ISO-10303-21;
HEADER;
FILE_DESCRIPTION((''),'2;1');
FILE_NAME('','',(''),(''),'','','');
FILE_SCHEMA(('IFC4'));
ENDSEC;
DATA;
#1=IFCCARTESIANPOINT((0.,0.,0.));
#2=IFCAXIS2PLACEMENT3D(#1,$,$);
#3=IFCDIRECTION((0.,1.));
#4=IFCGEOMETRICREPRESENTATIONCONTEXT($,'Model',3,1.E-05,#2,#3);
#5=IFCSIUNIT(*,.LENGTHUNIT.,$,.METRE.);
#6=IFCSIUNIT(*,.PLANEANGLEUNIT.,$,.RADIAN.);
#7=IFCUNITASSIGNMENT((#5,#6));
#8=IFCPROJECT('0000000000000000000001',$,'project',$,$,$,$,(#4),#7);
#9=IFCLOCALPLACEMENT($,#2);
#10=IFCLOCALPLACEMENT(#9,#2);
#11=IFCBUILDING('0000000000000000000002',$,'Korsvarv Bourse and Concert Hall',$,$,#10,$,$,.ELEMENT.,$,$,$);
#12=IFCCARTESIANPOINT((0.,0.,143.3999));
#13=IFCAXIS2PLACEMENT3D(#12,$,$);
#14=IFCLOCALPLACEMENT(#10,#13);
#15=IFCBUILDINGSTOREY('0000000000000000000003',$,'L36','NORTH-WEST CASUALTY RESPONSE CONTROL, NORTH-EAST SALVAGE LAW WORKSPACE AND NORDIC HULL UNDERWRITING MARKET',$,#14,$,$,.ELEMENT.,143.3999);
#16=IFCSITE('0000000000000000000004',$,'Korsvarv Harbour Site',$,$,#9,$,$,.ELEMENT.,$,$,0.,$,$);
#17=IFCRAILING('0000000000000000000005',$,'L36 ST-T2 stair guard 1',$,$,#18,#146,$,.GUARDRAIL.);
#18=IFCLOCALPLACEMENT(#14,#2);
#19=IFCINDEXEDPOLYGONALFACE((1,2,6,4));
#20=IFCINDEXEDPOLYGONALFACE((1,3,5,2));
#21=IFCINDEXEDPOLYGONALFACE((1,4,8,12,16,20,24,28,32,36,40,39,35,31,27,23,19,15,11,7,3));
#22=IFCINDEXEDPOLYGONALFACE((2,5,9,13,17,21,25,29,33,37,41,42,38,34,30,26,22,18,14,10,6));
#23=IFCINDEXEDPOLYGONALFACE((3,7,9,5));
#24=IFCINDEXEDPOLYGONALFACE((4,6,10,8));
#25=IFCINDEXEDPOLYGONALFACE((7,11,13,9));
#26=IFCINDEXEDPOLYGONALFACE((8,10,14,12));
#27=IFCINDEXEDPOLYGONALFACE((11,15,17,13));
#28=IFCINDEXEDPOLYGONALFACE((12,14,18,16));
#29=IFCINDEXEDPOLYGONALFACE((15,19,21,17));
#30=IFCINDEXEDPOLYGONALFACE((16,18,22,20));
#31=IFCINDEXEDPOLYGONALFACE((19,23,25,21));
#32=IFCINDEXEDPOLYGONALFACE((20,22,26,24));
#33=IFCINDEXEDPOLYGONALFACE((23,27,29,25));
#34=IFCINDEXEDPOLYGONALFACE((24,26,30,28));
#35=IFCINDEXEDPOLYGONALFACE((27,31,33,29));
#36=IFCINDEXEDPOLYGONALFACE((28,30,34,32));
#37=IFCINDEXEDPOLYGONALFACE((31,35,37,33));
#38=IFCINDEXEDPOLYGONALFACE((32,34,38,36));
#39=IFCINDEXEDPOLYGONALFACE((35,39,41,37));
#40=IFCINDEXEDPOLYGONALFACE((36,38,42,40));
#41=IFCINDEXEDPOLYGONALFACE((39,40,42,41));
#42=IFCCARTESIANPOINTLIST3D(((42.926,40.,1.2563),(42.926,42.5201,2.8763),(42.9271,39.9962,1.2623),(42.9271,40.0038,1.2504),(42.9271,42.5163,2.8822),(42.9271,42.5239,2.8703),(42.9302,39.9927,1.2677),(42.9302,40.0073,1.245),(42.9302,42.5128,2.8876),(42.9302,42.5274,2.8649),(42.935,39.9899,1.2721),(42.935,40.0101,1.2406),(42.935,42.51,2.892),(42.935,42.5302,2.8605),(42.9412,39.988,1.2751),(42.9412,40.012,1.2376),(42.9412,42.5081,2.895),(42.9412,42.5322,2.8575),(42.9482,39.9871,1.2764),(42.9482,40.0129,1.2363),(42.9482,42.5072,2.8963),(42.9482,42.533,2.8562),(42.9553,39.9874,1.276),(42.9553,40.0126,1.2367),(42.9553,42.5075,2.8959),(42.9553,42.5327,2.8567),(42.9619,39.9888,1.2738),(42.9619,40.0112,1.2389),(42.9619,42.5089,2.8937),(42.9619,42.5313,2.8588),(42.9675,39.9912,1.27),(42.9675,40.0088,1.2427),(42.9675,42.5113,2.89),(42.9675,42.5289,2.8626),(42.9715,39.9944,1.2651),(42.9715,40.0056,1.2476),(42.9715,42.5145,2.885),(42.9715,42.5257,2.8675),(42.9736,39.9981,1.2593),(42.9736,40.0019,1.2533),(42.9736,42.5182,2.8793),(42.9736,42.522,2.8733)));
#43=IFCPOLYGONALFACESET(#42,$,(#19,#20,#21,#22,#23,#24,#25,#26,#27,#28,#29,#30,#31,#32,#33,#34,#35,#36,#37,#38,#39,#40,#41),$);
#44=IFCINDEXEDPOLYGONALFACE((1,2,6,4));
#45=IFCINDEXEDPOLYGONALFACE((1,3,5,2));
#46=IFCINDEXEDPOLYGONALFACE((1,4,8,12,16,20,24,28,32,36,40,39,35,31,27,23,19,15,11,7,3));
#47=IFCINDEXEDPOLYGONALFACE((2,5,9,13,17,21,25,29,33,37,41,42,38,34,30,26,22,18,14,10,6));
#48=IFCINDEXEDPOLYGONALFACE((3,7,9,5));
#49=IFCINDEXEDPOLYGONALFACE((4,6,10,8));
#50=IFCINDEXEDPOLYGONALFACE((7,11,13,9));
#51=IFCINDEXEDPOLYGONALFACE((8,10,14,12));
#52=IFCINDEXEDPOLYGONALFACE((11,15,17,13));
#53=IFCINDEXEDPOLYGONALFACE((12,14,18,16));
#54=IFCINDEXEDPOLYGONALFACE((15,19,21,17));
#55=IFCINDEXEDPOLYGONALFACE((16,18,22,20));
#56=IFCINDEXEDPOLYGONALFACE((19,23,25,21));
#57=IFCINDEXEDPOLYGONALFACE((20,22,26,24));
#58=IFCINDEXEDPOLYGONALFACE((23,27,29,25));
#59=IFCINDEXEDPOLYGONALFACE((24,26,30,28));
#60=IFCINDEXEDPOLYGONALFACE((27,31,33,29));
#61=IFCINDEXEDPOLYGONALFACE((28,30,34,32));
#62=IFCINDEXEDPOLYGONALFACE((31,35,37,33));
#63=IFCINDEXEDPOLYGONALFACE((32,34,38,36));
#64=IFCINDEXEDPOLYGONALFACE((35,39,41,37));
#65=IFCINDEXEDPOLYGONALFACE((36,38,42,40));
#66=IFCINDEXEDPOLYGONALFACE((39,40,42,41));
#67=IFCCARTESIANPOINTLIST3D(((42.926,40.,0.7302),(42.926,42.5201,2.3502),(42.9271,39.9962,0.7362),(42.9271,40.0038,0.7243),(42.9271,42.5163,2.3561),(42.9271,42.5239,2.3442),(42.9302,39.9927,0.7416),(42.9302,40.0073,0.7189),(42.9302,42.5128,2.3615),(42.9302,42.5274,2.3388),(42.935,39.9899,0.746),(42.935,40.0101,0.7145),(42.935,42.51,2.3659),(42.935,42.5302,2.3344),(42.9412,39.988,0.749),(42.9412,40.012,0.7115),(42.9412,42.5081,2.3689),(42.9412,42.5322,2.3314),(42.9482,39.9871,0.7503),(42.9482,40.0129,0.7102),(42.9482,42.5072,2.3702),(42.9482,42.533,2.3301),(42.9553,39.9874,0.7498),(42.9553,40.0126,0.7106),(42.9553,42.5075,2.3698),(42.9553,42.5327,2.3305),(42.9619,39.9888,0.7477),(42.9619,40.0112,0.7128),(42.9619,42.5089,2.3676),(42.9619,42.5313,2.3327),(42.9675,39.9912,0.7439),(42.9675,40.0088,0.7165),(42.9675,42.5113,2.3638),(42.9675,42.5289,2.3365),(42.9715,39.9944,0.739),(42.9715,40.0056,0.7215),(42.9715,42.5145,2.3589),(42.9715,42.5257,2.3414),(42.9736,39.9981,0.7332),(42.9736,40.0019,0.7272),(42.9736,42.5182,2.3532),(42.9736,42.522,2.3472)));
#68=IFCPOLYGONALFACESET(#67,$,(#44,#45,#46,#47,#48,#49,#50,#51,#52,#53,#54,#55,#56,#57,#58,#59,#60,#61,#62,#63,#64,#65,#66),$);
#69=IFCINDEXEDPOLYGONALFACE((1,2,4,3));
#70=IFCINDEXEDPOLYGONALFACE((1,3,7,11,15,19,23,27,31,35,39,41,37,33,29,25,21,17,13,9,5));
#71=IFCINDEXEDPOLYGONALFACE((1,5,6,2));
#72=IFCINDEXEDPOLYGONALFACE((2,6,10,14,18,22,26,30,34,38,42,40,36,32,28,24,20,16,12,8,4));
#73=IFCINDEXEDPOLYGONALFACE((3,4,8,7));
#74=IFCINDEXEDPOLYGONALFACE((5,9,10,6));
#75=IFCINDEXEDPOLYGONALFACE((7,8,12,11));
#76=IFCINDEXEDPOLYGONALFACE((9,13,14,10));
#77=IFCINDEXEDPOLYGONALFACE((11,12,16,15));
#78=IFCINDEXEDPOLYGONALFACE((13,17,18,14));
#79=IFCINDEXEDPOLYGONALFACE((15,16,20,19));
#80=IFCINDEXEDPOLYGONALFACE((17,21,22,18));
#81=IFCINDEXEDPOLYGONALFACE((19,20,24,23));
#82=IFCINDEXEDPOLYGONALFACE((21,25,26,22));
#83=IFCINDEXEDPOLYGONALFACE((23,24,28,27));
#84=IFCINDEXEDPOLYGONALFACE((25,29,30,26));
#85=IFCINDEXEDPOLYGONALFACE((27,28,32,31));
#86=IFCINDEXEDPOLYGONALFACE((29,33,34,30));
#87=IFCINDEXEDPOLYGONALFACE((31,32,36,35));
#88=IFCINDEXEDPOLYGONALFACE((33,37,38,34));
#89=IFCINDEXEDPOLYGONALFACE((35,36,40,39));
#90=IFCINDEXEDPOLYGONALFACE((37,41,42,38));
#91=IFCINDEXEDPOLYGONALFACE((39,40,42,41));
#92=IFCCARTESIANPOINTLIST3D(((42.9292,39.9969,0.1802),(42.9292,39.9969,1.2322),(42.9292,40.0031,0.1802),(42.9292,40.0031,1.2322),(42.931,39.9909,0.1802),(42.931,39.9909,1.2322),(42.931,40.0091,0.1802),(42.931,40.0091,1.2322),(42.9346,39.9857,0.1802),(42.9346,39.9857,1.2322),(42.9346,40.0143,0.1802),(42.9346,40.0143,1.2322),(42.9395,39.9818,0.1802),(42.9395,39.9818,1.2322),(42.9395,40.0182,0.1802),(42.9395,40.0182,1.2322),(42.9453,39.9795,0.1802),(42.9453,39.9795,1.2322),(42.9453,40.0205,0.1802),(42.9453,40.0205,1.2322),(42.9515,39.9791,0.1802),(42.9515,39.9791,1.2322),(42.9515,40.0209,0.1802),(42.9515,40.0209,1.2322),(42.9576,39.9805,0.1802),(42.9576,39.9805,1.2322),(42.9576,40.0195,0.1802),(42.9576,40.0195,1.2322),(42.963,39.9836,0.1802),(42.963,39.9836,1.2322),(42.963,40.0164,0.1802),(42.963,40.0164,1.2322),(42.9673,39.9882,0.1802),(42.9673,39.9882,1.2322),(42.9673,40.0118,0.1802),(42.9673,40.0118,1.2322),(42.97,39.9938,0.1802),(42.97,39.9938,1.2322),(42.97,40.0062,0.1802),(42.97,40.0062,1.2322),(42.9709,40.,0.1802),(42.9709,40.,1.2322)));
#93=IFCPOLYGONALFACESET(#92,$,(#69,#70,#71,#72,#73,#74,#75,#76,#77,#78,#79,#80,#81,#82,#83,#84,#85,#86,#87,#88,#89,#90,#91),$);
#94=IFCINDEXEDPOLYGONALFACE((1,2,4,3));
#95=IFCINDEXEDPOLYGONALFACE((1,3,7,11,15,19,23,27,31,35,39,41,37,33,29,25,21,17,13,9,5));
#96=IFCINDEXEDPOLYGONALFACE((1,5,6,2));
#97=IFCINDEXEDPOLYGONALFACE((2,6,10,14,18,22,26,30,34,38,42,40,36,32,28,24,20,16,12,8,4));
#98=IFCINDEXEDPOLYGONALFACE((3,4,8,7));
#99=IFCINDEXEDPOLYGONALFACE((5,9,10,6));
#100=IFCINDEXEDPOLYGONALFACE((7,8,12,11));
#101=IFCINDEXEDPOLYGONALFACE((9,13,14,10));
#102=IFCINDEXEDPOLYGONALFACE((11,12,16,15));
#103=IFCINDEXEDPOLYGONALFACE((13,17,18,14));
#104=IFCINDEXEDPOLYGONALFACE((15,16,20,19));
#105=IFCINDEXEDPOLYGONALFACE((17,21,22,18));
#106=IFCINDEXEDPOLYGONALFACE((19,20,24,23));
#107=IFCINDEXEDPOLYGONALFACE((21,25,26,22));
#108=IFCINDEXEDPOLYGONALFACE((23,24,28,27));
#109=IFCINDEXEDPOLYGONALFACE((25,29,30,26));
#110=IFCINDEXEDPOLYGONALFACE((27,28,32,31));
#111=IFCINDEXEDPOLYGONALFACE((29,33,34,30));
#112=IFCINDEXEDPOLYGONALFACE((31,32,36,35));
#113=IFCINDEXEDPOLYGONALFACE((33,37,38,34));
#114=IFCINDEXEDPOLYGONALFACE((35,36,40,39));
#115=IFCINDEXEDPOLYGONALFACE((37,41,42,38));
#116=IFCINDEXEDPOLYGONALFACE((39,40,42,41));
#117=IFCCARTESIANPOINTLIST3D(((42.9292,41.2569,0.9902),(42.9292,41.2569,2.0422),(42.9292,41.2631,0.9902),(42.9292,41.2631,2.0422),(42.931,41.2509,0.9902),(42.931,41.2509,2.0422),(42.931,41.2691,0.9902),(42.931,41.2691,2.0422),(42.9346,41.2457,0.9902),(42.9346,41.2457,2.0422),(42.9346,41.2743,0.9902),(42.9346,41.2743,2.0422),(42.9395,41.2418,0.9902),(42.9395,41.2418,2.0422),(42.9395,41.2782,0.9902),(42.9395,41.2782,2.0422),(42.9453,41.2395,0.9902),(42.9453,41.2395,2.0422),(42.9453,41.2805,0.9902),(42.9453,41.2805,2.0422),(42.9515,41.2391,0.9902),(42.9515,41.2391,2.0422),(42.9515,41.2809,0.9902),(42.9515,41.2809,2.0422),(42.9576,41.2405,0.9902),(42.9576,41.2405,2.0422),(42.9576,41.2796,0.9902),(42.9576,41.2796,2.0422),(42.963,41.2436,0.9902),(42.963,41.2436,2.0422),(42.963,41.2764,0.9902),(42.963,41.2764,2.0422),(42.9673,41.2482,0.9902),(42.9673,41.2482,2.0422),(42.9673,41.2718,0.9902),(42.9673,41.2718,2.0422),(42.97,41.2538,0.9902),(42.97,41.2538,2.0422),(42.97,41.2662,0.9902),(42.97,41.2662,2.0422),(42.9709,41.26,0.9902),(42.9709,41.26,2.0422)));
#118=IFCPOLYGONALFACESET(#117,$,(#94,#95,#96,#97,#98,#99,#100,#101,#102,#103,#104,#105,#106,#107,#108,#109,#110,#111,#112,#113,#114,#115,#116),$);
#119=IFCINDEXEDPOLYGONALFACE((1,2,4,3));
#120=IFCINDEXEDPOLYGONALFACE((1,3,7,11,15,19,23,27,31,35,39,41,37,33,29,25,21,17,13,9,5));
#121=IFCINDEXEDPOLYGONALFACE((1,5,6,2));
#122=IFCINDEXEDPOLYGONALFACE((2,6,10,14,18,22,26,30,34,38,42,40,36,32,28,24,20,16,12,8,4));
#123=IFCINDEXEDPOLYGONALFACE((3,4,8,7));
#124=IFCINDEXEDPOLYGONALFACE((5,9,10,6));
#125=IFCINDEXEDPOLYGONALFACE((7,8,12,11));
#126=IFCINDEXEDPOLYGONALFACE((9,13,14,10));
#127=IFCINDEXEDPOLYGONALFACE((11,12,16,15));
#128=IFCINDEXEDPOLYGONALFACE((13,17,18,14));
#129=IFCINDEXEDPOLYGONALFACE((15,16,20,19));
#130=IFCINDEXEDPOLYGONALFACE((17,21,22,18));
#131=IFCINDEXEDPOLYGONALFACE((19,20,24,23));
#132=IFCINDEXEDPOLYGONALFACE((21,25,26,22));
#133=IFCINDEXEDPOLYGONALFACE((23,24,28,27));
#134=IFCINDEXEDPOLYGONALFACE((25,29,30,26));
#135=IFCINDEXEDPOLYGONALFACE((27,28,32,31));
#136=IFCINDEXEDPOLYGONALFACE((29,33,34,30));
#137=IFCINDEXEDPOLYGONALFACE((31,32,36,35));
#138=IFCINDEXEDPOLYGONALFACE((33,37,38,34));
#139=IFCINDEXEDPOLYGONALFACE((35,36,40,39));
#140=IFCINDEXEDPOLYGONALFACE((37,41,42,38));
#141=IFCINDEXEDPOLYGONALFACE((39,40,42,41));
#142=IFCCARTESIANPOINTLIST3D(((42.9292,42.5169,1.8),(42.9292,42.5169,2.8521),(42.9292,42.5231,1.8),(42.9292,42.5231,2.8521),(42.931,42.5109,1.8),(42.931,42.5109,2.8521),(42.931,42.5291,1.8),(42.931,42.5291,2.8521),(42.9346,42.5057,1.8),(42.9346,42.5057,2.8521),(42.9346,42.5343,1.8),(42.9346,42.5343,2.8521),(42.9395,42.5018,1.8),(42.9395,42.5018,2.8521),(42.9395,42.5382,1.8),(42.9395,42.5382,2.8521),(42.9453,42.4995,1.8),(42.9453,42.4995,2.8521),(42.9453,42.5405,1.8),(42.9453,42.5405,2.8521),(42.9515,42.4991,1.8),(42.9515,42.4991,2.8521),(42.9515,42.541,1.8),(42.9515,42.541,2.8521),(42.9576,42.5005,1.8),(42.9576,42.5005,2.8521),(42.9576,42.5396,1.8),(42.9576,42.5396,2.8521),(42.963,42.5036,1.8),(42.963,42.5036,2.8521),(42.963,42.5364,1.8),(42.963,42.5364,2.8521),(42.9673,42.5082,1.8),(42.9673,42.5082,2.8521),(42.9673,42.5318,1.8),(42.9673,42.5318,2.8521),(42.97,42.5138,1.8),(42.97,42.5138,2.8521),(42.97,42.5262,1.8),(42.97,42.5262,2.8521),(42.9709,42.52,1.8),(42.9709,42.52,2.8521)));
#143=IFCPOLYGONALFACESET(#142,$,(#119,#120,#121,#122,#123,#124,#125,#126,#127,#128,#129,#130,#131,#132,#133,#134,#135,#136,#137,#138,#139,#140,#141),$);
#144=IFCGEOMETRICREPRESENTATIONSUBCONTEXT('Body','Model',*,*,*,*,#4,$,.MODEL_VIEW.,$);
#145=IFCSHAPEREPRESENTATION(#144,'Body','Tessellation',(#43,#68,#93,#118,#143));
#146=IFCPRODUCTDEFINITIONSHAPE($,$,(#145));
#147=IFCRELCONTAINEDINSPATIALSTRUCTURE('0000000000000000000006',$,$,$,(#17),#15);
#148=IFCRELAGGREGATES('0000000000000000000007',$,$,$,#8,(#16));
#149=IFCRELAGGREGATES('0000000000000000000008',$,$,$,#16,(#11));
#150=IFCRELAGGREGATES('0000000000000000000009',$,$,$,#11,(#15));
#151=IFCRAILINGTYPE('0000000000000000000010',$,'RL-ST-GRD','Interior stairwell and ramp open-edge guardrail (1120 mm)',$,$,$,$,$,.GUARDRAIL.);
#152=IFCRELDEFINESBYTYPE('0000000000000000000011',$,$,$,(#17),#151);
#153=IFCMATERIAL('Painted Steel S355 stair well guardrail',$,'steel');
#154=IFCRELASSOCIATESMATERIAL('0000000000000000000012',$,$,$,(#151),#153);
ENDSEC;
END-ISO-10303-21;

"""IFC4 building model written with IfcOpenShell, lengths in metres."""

from ifc_helpers import new_model, si_unit, direction, frame, origin, origin_2d, place, context, subcontext, project, spatial, circle, extrude, material, type_object, element, save


model = new_model("IFC4")

# Units and contexts
model_context = context("Model", 3, precision=1e-05, world=origin(), true_north=direction((0.0, 1.0)))
body_context = subcontext(model_context, "Body", "Model", "MODEL_VIEW")
ifc_project = project(units=[si_unit("LENGTHUNIT", "METRE"), si_unit("PLANEANGLEUNIT", "RADIAN")], contexts=[model_context])

# Site, building, storey
site_placement = place(None, origin())
site = spatial("IfcSite", under=ifc_project, at=site_placement, Name="Korsvarv Harbour Site", CompositionType="ELEMENT", RefElevation=0.0)
building_placement = place(site_placement, origin())
building = spatial("IfcBuilding", under=site, at=building_placement, Name="Korsvarv Bourse and Concert Hall", CompositionType="ELEMENT")
storey_placement = place(building_placement, frame((0.0, 0.0, 143.3999)))
storey = spatial("IfcBuildingStorey", under=building, at=storey_placement, Name="L36", Description="NORTH-WEST CASUALTY RESPONSE CONTROL, NORTH-EAST SALVAGE LAW WORKSPACE AND NORDIC HULL UNDERWRITING MARKET", CompositionType="ELEMENT", Elevation=143.3999)

# Railing
ifc_material_1 = material(Name="Painted Steel S355 stair well guardrail", Category="steel")
railing_type = type_object("IfcRailingType", Name="RL-ST-GRD", Description="Interior stairwell and ramp open-edge guardrail (1120 mm)", PredefinedType="GUARDRAIL", material=ifc_material_1)
railing_1_placement = place(storey_placement, frame((42.95, 40.0, 0.1802)))
element("IfcRailing", 1, at=railing_1_placement, inside=storey, type_object=railing_type, Name="L36 ST-T2 stair guard 1", PredefinedType="GUARDRAIL", context=body_context, shape_type="SweptSolid", body=[
    extrude(circle(Radius=0.0239, at=origin_2d()), frame((0.0, 0.0, 1.0762), z_axis=(0.0, 0.8412, 0.540725), x_axis=(-1.0, 0.0, 0.0)), (0.0, 0.0, 1.0), 2.9958),
    extrude(circle(Radius=0.0239, at=origin_2d()), frame((0.0, 0.0, 0.55), z_axis=(0.0, 0.8412, 0.540725), x_axis=(-1.0, 0.0, 0.0)), (0.0, 0.0, 1.0), 2.9958),
    extrude(circle(Radius=0.021, at=origin_2d()), origin(), (0.0, 0.0, 1.0), 1.052),
    extrude(circle(Radius=0.021, at=origin_2d()), frame((0.0, 1.26, 0.8101)), (0.0, 0.0, 1.0), 1.052),
    extrude(circle(Radius=0.021, at=origin_2d()), frame((0.0, 2.52, 1.6199)), (0.0, 0.0, 1.0), 1.052),
])

save(model, "model.ifc")
